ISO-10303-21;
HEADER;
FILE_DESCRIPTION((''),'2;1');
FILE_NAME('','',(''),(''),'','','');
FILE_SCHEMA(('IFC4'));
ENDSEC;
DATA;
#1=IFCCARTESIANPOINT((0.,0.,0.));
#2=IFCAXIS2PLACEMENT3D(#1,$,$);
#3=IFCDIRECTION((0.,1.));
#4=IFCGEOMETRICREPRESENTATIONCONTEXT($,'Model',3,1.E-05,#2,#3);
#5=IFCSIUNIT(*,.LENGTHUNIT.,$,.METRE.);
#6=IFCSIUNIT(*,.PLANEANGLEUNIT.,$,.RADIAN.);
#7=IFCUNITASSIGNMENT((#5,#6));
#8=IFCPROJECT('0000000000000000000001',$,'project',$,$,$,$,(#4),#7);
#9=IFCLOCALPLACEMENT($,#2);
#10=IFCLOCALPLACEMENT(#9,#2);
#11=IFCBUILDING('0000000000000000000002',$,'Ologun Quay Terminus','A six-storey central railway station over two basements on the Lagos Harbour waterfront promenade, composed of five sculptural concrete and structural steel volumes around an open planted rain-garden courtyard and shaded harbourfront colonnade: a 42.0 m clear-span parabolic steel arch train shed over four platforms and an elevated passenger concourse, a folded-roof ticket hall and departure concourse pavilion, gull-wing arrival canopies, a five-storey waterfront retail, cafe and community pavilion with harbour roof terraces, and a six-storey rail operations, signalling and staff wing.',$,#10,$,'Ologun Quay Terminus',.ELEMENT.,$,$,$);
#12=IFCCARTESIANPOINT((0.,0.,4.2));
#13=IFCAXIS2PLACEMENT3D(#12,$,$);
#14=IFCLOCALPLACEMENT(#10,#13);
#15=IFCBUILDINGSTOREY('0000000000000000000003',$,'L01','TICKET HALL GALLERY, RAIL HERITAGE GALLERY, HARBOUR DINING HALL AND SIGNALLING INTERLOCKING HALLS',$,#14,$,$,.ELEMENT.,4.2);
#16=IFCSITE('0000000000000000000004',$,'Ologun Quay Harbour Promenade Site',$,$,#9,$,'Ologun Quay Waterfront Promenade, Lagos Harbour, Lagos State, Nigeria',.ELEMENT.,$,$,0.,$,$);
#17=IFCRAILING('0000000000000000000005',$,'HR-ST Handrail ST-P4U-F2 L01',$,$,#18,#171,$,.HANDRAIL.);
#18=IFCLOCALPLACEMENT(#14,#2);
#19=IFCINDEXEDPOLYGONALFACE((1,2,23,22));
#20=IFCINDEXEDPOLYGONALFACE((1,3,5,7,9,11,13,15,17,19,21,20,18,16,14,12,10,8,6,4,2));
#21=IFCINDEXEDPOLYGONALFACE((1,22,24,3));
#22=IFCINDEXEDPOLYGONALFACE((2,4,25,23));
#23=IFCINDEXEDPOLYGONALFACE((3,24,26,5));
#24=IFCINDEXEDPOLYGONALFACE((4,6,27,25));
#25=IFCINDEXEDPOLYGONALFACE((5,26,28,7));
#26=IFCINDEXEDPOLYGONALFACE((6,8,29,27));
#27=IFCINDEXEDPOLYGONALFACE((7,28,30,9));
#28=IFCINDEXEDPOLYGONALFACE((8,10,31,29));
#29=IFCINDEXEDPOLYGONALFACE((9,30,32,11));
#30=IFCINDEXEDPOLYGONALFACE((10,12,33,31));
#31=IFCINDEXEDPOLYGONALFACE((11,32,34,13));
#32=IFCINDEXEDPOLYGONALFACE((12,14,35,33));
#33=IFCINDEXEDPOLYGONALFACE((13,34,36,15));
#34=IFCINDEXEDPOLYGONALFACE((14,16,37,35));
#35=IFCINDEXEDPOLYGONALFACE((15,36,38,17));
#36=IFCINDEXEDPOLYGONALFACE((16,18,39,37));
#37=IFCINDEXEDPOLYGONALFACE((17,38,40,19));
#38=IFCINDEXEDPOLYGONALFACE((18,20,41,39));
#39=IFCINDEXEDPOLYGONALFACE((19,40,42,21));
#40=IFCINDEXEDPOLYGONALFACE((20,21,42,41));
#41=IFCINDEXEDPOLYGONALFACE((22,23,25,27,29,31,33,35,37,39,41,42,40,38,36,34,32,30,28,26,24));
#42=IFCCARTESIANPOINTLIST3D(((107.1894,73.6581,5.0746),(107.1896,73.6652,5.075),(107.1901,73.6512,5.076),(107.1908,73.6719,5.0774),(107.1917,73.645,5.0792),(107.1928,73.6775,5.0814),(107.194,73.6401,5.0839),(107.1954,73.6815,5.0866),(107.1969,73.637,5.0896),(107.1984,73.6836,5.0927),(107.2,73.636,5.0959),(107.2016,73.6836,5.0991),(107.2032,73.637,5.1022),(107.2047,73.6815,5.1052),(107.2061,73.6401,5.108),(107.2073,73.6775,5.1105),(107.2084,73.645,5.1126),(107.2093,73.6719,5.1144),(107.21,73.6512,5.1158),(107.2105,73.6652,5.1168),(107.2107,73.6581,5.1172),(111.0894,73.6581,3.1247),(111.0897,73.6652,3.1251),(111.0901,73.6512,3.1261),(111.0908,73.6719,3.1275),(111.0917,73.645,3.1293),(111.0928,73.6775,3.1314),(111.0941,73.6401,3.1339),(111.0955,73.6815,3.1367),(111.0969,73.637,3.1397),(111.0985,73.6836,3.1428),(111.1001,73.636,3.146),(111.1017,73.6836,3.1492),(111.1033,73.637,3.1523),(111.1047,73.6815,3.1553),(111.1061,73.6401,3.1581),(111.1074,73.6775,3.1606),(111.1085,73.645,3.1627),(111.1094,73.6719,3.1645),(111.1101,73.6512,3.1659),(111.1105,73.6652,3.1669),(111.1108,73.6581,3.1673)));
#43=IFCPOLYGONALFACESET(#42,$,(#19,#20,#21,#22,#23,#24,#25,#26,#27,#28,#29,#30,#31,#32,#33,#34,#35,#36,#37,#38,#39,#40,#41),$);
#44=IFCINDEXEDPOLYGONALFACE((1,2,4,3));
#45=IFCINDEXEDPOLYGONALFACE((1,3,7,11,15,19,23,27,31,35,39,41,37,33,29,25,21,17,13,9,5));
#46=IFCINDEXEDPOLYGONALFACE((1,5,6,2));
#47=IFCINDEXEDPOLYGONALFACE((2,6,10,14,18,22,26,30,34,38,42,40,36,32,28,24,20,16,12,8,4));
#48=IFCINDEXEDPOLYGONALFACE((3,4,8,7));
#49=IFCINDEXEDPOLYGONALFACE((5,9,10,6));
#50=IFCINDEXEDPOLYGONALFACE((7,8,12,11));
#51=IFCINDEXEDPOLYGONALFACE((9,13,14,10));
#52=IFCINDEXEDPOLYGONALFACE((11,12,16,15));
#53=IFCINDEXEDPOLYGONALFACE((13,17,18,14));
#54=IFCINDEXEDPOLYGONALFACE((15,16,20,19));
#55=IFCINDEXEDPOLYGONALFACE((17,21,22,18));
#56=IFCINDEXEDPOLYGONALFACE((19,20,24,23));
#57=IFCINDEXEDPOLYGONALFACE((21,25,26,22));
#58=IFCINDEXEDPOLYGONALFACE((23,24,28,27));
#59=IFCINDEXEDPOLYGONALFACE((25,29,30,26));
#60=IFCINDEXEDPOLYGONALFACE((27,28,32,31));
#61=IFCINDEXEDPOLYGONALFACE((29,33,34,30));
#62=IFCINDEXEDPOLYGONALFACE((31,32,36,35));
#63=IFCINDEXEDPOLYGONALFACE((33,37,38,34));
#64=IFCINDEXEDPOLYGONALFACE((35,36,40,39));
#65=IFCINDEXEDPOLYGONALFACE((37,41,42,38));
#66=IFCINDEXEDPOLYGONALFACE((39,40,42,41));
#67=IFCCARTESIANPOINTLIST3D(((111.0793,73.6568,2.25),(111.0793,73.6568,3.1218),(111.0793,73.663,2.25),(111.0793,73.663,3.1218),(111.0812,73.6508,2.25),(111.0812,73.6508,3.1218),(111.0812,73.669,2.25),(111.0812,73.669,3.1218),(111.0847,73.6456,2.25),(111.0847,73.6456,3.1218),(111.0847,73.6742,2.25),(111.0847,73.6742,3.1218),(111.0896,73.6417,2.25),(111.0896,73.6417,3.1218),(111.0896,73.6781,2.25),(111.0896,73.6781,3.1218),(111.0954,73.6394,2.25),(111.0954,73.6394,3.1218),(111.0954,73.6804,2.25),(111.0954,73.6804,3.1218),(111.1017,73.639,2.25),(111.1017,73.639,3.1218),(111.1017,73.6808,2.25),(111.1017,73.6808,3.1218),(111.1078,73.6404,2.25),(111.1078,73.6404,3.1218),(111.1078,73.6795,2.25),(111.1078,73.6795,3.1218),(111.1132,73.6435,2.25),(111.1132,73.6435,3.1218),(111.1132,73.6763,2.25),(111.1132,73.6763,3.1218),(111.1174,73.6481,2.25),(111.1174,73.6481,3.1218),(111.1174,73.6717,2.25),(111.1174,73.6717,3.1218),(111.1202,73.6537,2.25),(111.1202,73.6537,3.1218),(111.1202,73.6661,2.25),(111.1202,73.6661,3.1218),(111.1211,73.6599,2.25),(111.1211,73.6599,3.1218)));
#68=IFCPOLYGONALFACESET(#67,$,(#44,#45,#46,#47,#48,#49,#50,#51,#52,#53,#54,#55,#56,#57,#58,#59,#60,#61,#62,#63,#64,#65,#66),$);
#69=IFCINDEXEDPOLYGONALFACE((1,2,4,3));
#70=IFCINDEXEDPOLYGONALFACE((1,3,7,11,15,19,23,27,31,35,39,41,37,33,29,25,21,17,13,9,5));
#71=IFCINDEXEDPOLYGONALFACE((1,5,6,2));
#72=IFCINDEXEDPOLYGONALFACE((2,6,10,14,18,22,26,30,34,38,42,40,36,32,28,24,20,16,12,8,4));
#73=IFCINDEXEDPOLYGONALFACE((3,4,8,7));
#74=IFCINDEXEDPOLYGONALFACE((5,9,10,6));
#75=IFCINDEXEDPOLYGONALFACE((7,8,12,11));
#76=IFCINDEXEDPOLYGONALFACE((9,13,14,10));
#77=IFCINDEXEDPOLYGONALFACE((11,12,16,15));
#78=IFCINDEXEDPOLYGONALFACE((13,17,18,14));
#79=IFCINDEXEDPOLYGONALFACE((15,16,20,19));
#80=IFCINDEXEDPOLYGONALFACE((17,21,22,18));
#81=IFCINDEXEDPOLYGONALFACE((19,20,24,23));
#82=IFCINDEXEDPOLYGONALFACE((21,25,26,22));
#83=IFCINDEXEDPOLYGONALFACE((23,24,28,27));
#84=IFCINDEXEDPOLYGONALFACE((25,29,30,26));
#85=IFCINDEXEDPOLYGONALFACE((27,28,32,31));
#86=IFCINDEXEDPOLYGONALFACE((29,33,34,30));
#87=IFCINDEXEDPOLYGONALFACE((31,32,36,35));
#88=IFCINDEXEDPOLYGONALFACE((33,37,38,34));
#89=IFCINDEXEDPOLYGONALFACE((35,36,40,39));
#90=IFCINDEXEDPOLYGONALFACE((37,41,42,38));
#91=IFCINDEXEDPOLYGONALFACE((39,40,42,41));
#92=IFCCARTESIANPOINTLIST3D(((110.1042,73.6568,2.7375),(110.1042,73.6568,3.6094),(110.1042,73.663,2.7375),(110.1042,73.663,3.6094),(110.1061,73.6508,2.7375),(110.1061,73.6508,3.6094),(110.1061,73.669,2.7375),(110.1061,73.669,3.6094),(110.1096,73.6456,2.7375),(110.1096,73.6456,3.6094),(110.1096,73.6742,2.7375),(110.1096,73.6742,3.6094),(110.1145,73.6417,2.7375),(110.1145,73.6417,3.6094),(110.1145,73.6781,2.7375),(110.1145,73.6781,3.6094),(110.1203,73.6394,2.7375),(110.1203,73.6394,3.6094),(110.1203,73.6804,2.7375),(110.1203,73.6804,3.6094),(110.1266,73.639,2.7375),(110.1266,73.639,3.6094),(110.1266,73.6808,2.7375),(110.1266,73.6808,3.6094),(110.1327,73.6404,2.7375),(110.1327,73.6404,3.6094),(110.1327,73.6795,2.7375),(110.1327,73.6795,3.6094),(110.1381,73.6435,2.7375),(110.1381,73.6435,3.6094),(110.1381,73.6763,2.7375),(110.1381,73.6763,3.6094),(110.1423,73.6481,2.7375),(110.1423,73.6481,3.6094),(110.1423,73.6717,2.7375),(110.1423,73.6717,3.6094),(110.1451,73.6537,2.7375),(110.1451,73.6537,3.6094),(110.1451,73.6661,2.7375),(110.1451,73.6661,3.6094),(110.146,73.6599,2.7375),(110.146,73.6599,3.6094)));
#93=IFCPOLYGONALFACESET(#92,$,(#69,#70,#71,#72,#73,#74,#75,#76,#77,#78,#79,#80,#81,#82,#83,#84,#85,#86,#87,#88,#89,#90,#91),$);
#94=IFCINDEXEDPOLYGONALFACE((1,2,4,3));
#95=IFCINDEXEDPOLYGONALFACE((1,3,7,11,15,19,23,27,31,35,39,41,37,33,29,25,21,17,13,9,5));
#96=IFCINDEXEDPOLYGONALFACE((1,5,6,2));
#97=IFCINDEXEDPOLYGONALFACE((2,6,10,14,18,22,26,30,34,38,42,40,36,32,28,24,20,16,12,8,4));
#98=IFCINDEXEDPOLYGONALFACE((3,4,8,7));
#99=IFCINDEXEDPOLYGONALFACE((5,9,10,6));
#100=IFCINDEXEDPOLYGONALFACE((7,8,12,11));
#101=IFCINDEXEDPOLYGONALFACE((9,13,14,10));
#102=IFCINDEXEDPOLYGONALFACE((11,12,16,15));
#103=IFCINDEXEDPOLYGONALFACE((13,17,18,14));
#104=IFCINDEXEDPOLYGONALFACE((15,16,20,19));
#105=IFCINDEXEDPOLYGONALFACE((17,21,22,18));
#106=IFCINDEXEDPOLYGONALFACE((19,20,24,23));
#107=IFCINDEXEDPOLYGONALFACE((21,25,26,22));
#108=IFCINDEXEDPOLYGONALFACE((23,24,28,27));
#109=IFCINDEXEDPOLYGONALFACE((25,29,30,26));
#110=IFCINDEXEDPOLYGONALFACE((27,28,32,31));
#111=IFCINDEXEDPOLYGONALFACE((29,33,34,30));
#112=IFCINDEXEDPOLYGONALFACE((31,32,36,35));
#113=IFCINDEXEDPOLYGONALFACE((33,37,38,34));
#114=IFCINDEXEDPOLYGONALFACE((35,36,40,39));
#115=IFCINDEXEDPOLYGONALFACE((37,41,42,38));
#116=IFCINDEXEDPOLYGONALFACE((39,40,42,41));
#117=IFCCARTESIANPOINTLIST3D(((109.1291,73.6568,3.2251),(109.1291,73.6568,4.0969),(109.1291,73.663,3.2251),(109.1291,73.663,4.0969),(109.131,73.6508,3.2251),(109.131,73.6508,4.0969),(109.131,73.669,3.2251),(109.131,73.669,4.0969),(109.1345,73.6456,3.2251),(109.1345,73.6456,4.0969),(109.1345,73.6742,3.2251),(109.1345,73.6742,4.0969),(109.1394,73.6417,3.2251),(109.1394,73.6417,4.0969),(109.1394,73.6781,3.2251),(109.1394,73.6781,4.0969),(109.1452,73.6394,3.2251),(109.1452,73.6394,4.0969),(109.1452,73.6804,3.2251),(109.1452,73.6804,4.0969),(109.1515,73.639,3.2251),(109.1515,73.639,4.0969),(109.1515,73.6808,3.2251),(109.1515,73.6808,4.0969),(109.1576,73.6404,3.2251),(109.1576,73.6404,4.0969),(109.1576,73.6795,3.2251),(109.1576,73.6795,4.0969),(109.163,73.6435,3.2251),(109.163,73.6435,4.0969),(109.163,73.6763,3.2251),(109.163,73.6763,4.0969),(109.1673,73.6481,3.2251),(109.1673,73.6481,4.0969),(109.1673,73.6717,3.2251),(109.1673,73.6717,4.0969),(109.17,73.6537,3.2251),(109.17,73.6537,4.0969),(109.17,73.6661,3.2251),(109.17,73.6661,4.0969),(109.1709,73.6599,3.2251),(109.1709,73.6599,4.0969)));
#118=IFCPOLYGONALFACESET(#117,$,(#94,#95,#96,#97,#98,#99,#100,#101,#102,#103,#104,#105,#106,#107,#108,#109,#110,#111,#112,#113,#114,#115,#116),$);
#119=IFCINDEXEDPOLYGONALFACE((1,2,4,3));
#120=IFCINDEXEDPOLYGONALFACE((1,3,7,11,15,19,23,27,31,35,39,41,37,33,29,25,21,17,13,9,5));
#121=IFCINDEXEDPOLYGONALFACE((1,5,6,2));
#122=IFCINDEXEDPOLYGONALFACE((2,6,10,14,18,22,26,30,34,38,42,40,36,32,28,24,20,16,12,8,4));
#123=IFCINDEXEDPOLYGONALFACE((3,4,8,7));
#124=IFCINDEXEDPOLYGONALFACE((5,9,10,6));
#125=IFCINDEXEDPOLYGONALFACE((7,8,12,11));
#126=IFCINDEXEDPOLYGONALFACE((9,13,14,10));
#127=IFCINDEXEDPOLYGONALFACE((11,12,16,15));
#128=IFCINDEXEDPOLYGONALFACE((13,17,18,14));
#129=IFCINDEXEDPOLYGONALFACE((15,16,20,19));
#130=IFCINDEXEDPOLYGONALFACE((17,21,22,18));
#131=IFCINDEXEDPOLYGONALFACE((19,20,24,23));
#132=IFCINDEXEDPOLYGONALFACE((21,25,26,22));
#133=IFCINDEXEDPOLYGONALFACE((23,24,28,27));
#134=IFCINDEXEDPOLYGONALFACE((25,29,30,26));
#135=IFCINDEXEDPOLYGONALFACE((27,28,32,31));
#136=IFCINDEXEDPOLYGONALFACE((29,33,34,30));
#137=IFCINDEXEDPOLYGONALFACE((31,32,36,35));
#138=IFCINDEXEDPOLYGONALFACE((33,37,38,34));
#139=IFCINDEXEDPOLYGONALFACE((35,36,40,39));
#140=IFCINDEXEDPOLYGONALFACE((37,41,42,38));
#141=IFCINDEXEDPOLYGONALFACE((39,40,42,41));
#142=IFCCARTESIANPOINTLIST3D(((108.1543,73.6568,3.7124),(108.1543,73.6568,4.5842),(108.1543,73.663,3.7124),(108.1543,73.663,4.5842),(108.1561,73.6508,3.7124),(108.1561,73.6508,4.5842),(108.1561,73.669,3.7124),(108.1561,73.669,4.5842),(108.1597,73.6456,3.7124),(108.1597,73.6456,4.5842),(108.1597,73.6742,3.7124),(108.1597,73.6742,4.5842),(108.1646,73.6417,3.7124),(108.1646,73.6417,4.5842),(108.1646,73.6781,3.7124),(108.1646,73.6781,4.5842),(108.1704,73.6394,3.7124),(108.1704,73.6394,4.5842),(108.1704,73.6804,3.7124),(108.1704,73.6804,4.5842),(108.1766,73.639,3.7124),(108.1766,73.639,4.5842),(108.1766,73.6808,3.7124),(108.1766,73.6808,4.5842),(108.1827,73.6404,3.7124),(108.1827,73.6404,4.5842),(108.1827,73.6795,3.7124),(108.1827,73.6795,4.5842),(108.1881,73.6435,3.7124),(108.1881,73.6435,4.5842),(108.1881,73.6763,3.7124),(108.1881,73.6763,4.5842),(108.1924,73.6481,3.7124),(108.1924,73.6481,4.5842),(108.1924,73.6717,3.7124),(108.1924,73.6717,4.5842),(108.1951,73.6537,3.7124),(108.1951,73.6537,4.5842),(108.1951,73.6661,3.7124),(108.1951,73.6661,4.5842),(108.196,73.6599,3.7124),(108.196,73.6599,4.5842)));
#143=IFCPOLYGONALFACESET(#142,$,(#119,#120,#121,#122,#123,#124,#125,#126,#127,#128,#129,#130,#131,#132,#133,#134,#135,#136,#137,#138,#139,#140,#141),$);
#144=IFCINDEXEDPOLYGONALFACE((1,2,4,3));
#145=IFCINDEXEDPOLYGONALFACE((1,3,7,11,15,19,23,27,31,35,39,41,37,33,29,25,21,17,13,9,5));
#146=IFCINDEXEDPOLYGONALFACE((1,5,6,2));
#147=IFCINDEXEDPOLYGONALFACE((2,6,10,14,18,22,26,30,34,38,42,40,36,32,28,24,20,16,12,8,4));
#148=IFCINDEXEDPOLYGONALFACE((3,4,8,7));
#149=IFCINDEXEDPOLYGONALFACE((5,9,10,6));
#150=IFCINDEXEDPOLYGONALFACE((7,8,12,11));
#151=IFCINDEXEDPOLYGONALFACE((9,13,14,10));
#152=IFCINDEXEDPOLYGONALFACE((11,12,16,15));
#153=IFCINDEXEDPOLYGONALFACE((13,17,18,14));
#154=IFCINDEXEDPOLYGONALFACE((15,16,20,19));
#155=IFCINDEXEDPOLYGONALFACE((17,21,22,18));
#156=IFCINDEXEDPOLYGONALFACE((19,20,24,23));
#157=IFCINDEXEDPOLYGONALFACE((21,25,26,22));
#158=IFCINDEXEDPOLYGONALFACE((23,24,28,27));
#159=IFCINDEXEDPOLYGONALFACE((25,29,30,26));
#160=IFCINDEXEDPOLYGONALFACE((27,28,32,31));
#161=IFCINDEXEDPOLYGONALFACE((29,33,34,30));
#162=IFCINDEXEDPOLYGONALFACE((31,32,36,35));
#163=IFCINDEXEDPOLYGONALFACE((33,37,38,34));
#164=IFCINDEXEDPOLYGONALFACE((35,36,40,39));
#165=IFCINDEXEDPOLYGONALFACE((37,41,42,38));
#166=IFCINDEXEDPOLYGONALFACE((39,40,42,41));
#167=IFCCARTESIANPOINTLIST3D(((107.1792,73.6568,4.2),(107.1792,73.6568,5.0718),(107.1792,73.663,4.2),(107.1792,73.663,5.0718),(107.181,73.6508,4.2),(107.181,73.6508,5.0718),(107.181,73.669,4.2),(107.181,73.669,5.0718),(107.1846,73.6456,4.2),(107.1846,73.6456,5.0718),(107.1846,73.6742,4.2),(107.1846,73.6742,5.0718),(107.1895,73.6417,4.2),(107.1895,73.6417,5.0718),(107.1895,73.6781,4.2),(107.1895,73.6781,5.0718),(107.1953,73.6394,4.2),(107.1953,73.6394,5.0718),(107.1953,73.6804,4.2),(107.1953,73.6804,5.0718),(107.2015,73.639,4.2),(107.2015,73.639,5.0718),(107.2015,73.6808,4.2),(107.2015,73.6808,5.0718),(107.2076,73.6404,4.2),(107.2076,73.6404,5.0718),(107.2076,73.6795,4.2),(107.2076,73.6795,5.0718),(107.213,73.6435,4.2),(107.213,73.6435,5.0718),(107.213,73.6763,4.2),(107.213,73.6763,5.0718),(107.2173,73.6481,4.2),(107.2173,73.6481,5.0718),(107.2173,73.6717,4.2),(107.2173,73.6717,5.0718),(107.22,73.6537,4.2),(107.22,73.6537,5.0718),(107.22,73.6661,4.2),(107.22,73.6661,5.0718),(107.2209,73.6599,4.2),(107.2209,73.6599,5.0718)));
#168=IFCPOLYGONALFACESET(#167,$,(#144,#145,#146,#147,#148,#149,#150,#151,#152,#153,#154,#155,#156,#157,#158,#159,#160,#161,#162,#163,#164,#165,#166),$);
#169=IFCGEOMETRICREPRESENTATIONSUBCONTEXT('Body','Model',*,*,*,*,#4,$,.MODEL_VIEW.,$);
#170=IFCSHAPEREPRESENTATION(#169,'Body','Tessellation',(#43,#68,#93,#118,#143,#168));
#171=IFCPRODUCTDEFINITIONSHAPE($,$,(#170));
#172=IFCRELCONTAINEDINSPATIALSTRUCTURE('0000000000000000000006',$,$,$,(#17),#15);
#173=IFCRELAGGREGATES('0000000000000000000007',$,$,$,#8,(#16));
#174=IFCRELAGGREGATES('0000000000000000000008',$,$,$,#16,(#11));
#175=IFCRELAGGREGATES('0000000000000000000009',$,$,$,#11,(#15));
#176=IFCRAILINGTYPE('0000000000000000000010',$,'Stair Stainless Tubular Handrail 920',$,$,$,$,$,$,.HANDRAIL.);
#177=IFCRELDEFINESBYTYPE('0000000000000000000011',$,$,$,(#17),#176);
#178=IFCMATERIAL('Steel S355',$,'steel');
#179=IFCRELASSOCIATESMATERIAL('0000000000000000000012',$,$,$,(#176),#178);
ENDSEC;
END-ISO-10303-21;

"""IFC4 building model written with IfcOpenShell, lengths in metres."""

from ifc_helpers import new_model, si_unit, direction, frame, origin, origin_2d, place, context, subcontext, project, spatial, circle, extrude, material, type_object, element, save


model = new_model("IFC4")

# Units and contexts
model_context = context("Model", 3, precision=1e-05, world=origin(), true_north=direction((0.0, 1.0)))
body_context = subcontext(model_context, "Body", "Model", "MODEL_VIEW")
ifc_project = project(units=[si_unit("LENGTHUNIT", "METRE"), si_unit("PLANEANGLEUNIT", "RADIAN")], contexts=[model_context])

# Site, building, storey
site_placement = place(None, origin())
site = spatial("IfcSite", under=ifc_project, at=site_placement, Name="Ologun Quay Harbour Promenade Site", LongName="Ologun Quay Waterfront Promenade, Lagos Harbour, Lagos State, Nigeria", CompositionType="ELEMENT", RefElevation=0.0)
building_placement = place(site_placement, origin())
building = spatial("IfcBuilding", under=site, at=building_placement, Name="Ologun Quay Terminus", Description="A six-storey central railway station over two basements on the Lagos Harbour waterfront promenade, composed of five sculptural concrete and structural steel volumes around an open planted rain-garden courtyard and shaded harbourfront colonnade: a 42.0 m clear-span parabolic steel arch train shed over four platforms and an elevated passenger concourse, a folded-roof ticket hall and departure concourse pavilion, gull-wing arrival canopies, a five-storey waterfront retail, cafe and community pavilion with harbour roof terraces, and a six-storey rail operations, signalling and staff wing.", LongName="Ologun Quay Terminus", CompositionType="ELEMENT")
storey_placement = place(building_placement, frame((0.0, 0.0, 4.2)))
storey = spatial("IfcBuildingStorey", under=building, at=storey_placement, Name="L01", Description="TICKET HALL GALLERY, RAIL HERITAGE GALLERY, HARBOUR DINING HALL AND SIGNALLING INTERLOCKING HALLS", CompositionType="ELEMENT", Elevation=4.2)

# Railing
ifc_material_1 = material(Name="Steel S355", Category="steel")
railing_type_1 = type_object("IfcRailingType", Name="Stair Stainless Tubular Handrail 920", PredefinedType="HANDRAIL", material=ifc_material_1)
railing_1_placement = place(storey_placement, frame((111.1001, 73.6599, 2.25)))
element("IfcRailing", 1, at=railing_1_placement, inside=storey, type_object=railing_type_1, Name="HR-ST Handrail ST-P4U-F2 L01", PredefinedType="HANDRAIL", context=body_context, shape_type="SweptSolid", body=[
    extrude(circle(Radius=0.0239, at=origin_2d()), frame((0.0, 0.0, 0.896), z_axis=(-0.894438, 0.0, 0.447191), x_axis=(0.0, -1.0, 0.0)), (0.0, 0.0, 1.0), 4.3604),
    extrude(circle(Radius=0.021, at=origin_2d()), origin(), (0.0, 0.0, 1.0), 0.8718),
    extrude(circle(Radius=0.021, at=origin_2d()), frame((-0.9751, 0.0, 0.4875)), (0.0, 0.0, 1.0), 0.8718),
    extrude(circle(Radius=0.021, at=origin_2d()), frame((-1.9502, 0.0, 0.9751)), (0.0, 0.0, 1.0), 0.8718),
    extrude(circle(Radius=0.021, at=origin_2d()), frame((-2.925, 0.0, 1.4624)), (0.0, 0.0, 1.0), 0.8718),
    extrude(circle(Radius=0.021, at=origin_2d()), frame((-3.9001, 0.0, 1.95)), (0.0, 0.0, 1.0), 0.8718),
])

save(model, "model.ifc")
